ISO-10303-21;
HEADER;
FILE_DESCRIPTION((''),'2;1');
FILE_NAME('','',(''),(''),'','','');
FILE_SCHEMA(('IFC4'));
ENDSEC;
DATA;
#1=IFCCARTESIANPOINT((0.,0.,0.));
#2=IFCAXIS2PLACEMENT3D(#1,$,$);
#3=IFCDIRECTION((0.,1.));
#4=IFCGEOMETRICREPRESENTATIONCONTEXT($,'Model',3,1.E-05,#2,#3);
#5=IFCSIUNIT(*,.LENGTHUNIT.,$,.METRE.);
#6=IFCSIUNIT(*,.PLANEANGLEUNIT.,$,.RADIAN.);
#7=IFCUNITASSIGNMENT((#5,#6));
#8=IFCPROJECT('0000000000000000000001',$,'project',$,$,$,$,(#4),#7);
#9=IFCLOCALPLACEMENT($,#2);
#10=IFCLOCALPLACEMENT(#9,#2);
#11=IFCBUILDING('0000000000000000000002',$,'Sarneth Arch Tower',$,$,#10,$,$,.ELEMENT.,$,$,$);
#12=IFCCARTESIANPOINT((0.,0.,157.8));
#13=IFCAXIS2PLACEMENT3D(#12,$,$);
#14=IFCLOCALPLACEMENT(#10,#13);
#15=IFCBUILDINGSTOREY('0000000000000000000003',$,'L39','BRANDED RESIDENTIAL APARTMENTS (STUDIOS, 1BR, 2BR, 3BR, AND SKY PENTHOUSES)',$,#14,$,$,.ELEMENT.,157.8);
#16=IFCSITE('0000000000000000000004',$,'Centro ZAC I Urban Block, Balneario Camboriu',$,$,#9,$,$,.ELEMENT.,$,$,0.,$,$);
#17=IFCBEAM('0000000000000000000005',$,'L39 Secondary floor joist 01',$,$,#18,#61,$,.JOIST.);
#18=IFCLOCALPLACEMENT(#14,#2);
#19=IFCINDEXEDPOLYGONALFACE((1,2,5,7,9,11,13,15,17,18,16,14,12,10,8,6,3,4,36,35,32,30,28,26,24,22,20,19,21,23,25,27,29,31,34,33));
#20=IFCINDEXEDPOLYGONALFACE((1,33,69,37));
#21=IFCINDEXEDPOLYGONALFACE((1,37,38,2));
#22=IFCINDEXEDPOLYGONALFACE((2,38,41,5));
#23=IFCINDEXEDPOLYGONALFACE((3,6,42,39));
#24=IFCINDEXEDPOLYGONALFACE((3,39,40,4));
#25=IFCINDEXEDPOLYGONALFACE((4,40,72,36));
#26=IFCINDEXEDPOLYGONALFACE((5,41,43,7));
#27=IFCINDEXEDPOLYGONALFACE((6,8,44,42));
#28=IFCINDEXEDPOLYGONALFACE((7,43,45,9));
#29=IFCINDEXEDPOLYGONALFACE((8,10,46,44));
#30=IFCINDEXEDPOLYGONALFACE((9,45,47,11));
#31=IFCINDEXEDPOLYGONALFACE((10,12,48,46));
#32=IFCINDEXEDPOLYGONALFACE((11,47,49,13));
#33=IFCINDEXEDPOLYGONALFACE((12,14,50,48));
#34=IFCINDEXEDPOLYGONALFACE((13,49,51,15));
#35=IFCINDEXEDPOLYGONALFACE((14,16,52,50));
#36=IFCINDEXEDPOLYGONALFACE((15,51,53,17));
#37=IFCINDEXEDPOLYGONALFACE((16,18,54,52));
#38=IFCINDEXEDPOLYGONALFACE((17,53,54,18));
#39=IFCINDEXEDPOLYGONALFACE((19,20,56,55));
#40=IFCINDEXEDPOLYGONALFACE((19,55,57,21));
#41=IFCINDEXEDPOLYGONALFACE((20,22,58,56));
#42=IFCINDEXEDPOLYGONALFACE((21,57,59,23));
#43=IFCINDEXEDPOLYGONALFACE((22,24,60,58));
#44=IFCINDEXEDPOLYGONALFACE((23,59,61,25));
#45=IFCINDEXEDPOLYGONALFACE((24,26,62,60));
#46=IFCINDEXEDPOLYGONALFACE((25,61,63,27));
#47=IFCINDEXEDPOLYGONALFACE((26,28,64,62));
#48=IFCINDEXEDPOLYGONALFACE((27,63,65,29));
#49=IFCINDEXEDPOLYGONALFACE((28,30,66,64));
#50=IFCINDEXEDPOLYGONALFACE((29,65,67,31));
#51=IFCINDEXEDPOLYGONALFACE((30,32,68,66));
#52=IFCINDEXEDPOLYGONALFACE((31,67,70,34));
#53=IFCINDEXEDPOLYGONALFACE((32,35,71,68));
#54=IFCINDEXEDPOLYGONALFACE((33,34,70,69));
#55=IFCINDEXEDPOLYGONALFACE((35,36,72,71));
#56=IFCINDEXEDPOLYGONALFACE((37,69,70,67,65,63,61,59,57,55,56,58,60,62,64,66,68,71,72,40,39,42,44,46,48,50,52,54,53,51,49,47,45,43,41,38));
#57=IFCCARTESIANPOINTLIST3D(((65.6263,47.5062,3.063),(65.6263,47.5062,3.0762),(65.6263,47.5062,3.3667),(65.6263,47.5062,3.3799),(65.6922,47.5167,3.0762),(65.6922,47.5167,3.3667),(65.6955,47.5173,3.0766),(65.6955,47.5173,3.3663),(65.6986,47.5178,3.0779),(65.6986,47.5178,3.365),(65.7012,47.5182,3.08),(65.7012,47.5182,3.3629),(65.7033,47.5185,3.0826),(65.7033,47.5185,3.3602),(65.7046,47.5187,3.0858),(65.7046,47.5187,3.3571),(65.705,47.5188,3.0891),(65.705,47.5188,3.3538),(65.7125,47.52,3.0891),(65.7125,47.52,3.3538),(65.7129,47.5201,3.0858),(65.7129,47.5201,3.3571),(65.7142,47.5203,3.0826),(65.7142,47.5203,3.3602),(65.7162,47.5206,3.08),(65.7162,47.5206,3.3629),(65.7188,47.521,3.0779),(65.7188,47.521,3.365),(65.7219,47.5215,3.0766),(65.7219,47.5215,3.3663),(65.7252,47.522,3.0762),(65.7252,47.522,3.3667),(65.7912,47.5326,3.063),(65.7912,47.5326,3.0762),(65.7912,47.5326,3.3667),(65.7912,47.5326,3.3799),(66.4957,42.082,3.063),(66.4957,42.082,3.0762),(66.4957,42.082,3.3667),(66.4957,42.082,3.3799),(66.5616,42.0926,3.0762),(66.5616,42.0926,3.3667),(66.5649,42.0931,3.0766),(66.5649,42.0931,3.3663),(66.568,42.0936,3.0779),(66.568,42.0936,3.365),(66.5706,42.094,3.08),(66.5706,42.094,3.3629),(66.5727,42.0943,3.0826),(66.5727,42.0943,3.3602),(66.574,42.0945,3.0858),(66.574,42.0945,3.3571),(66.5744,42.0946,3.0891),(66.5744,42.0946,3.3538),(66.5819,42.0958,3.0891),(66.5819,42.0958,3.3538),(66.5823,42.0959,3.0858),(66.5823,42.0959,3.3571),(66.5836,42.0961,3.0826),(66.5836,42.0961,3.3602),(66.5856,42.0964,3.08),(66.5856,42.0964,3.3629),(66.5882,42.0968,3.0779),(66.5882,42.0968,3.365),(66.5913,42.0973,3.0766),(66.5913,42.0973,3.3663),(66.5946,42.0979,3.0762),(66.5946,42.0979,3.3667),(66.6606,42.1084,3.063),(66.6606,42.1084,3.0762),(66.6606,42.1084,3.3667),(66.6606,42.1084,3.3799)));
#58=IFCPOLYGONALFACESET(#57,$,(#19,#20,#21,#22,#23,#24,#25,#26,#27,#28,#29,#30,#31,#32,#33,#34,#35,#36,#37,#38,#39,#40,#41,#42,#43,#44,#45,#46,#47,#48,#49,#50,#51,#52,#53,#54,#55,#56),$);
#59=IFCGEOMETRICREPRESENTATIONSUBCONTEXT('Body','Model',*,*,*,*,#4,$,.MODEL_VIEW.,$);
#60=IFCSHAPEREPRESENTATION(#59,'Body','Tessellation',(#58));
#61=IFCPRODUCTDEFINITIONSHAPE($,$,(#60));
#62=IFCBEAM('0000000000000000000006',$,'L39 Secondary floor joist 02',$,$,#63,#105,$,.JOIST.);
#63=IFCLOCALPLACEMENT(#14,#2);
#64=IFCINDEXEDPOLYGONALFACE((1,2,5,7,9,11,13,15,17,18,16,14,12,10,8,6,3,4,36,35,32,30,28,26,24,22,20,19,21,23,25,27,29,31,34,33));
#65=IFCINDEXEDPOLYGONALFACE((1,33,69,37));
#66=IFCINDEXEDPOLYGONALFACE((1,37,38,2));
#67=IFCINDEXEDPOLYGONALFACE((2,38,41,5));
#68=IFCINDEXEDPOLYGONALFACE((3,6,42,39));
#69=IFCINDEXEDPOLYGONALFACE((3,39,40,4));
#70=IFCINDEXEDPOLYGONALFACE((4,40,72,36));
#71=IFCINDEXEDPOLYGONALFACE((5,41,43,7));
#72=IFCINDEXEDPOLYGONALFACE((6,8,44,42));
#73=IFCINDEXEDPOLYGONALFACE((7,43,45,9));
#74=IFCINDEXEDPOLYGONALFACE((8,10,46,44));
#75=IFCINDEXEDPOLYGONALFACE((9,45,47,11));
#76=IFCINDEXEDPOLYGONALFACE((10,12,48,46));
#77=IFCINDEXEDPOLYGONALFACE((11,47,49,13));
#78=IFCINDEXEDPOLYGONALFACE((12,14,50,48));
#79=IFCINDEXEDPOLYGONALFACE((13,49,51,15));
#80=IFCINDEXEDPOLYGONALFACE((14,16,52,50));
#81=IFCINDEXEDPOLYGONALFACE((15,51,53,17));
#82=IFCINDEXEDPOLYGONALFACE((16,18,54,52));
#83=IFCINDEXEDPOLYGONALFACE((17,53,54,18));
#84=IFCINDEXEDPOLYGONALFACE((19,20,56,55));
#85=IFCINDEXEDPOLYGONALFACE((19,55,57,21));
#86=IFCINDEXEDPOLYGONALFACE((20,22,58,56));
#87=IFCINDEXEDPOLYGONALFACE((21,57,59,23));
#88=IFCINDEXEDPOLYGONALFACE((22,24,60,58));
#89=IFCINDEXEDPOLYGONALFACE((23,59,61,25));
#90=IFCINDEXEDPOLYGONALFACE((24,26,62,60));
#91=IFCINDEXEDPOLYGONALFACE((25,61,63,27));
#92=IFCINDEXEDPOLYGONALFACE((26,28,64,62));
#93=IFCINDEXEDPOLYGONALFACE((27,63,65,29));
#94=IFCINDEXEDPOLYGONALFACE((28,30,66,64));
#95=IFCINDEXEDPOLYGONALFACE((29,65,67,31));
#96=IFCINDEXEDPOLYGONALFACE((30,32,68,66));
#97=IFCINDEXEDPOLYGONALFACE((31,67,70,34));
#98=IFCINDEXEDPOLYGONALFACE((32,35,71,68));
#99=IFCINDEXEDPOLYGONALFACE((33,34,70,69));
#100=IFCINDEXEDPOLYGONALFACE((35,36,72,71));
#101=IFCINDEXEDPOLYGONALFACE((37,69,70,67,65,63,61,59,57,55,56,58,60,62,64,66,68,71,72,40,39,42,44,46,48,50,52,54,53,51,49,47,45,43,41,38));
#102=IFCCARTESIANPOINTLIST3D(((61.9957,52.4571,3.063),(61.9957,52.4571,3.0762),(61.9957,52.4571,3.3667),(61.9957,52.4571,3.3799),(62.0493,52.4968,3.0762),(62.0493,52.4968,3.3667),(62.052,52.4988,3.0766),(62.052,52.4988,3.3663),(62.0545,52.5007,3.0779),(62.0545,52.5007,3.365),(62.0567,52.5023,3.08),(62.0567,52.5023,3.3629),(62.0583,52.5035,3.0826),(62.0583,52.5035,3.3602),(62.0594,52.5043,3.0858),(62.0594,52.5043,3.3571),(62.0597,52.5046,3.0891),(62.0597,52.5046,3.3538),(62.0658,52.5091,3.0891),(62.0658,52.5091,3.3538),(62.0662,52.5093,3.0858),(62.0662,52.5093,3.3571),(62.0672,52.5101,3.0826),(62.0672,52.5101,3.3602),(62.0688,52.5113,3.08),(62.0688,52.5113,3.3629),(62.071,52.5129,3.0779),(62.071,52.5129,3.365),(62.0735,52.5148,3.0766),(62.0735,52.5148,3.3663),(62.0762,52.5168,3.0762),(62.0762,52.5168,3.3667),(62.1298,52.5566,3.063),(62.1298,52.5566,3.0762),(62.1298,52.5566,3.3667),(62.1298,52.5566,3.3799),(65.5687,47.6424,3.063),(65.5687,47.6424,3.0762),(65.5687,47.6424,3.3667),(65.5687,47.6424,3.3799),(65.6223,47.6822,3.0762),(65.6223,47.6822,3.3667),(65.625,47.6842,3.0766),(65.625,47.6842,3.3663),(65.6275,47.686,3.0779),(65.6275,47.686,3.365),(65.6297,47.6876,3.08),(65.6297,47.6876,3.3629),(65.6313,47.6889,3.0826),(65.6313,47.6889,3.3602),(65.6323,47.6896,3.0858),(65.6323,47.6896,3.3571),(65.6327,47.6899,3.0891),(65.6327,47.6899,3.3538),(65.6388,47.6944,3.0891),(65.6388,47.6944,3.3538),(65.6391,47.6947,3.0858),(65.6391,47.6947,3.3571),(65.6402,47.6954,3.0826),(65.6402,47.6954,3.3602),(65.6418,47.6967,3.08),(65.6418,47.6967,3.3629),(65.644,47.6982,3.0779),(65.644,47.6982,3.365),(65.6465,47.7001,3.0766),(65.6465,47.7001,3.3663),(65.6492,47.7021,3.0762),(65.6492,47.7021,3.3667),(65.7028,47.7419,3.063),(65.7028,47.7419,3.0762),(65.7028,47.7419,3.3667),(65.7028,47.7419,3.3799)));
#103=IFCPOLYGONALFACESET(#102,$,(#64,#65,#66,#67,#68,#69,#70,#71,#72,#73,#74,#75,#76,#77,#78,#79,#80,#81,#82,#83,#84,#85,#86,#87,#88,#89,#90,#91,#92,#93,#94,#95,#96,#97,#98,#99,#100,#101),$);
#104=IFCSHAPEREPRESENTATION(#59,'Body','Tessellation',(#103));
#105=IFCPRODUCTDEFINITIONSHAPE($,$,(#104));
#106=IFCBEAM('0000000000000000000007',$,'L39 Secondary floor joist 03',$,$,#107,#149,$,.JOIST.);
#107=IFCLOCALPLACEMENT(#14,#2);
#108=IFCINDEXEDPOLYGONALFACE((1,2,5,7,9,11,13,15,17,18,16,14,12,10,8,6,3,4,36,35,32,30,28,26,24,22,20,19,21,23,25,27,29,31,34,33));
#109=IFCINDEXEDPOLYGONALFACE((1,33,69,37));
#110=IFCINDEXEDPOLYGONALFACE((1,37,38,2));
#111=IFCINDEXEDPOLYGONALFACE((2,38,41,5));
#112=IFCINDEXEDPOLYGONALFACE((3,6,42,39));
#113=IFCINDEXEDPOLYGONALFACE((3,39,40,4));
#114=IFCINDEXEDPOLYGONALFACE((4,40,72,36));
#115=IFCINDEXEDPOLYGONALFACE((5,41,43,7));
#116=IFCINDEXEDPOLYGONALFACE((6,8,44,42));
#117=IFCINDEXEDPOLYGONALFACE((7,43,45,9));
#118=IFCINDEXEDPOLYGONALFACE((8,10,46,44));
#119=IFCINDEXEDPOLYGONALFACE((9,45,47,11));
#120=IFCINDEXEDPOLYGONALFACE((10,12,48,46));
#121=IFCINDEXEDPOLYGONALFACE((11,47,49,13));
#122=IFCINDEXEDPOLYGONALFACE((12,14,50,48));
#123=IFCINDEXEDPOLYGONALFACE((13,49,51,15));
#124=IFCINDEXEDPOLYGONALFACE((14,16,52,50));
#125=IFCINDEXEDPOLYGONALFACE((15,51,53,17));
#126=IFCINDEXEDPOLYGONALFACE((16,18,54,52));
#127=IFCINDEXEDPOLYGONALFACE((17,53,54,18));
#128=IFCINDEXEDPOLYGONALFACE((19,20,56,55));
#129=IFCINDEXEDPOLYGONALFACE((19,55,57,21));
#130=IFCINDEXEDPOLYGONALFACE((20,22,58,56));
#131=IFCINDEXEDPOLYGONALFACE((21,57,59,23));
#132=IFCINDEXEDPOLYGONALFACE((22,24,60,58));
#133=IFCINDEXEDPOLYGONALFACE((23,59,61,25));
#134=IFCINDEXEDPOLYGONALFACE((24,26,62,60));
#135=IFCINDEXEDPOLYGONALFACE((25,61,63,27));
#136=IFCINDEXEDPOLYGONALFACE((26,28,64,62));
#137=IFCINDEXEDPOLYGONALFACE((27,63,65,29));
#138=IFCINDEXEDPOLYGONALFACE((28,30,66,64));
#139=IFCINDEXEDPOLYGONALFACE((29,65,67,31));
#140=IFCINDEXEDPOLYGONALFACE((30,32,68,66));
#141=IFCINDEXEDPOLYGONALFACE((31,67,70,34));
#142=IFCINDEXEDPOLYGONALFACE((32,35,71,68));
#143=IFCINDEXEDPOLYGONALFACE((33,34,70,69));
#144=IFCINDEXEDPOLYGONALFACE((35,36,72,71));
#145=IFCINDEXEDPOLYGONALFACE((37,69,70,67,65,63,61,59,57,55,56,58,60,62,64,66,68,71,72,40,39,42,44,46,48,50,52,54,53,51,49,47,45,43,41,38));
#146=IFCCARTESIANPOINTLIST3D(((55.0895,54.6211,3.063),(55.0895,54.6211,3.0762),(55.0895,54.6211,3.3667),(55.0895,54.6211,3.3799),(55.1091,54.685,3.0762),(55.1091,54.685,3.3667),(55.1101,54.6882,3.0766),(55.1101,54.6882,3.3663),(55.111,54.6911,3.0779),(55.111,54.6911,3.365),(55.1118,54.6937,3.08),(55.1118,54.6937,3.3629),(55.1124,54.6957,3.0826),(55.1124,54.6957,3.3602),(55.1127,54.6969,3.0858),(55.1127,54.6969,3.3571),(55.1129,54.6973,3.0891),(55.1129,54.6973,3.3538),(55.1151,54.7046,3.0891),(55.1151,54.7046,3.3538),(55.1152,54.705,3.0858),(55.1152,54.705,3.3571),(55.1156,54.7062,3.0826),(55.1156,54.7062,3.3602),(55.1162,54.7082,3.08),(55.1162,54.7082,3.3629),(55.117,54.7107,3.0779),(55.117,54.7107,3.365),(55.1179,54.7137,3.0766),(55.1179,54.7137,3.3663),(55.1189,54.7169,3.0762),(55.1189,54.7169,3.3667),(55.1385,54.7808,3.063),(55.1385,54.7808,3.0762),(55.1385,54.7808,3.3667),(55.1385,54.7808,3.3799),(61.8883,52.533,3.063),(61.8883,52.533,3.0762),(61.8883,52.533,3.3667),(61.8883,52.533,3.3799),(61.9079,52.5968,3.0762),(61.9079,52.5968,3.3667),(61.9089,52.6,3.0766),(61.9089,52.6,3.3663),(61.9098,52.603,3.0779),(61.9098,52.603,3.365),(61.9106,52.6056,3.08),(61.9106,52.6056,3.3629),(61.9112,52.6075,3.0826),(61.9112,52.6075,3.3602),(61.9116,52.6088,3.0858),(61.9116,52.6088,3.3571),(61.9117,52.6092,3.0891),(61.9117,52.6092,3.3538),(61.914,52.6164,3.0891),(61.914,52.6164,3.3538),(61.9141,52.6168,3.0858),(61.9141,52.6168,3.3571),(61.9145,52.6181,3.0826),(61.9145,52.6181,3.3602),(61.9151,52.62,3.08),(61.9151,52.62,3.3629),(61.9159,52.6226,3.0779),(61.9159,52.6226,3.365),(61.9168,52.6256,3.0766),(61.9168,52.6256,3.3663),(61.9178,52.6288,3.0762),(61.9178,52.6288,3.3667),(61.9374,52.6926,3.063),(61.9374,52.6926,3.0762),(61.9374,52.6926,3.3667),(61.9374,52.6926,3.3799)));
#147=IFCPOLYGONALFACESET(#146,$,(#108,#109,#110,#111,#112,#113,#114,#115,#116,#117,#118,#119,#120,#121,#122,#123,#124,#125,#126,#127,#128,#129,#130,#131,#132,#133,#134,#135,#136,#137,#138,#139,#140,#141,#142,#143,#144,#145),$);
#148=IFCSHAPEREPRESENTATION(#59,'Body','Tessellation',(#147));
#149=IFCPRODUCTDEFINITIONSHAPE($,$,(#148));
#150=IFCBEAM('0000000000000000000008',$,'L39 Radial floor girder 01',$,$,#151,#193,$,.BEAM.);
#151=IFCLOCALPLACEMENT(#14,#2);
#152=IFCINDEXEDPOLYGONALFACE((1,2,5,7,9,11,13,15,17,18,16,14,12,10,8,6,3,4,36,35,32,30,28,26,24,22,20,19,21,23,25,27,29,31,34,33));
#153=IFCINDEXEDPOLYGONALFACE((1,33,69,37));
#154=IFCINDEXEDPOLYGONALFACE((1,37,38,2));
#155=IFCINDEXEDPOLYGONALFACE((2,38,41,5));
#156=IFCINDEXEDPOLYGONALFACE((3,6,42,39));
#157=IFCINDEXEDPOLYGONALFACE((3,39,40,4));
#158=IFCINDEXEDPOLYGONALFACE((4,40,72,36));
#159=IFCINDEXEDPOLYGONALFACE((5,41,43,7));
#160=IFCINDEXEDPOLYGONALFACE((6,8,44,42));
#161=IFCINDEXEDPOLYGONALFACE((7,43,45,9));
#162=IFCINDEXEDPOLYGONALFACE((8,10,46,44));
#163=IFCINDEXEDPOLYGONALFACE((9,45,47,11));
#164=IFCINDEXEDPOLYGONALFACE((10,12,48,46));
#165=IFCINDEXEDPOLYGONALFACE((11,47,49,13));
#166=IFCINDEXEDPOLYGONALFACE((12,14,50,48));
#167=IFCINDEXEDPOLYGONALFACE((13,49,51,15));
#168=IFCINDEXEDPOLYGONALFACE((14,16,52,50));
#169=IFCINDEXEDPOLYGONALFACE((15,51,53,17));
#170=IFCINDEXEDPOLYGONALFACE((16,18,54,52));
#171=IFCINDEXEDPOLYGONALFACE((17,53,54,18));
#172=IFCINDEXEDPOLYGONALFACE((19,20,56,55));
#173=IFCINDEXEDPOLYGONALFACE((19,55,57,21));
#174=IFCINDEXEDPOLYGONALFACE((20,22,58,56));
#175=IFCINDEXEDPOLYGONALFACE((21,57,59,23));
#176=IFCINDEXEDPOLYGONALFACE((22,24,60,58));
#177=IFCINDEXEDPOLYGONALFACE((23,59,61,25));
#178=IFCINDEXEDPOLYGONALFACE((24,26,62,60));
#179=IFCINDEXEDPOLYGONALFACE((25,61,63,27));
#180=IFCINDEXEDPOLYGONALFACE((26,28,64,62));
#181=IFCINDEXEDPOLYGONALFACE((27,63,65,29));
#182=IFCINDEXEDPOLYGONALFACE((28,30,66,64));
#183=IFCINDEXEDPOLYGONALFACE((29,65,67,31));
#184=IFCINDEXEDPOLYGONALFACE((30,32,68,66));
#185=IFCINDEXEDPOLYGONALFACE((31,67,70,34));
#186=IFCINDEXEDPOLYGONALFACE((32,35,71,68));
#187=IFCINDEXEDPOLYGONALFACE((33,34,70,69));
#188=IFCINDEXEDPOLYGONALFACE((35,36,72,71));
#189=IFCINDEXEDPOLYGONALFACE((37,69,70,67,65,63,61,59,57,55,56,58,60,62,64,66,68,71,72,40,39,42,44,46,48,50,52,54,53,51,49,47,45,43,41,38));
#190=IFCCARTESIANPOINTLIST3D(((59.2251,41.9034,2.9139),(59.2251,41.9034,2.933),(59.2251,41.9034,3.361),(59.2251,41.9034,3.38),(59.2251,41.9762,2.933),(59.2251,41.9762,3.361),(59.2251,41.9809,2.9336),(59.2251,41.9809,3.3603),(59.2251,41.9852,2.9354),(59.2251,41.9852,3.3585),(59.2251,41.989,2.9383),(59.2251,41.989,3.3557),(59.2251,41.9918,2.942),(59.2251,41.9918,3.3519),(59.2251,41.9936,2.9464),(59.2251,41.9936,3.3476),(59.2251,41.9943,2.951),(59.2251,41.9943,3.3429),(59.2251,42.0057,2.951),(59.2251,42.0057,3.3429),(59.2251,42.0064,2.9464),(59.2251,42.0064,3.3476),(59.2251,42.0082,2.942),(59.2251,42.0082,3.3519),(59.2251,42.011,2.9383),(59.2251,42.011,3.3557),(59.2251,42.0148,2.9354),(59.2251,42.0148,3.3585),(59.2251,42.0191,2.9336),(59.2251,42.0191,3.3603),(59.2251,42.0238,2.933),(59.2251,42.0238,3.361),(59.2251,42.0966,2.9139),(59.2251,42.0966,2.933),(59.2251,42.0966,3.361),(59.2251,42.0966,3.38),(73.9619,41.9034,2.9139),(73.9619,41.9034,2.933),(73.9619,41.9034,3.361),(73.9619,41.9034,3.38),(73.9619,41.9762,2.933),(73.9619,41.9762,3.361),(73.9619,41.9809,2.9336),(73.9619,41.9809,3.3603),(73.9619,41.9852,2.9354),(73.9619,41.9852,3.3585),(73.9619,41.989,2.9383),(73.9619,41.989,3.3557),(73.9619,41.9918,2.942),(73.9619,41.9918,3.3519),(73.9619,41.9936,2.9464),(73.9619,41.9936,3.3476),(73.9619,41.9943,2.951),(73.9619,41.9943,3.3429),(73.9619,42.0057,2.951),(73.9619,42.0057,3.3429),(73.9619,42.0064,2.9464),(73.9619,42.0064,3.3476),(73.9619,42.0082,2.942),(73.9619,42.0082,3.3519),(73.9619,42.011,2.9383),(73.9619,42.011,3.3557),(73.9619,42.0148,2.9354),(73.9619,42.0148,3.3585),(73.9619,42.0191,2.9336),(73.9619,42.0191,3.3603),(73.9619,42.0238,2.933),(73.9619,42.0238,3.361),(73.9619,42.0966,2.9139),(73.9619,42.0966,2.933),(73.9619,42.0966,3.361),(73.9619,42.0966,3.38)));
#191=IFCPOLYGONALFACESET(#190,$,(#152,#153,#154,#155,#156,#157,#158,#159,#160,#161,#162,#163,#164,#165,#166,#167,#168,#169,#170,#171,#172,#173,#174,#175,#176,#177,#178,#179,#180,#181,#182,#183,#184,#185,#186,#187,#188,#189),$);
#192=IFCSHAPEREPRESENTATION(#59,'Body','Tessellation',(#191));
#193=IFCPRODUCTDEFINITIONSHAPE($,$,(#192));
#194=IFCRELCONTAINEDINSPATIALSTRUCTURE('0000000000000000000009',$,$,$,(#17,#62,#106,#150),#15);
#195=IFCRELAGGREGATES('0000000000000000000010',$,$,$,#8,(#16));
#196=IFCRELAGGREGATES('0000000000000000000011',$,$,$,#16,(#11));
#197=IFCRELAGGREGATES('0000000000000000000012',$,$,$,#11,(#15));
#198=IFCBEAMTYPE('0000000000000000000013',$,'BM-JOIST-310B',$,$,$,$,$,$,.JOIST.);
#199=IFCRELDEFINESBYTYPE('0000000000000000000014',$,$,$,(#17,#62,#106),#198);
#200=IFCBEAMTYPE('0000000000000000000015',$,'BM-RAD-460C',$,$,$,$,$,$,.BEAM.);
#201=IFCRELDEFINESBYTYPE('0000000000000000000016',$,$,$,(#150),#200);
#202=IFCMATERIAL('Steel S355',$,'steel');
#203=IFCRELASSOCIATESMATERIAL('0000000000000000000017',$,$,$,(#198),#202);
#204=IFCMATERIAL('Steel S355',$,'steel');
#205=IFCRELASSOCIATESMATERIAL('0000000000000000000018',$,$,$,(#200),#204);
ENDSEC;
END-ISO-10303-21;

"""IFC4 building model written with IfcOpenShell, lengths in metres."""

from ifc_helpers import new_model, si_unit, direction, frame, origin, origin_2d, place, context, subcontext, project, spatial, i_section, extrude, material, material_profile, profile_set, type_object, element, save


model = new_model("IFC4")

# Units and contexts
model_context = context("Model", 3, precision=1e-05, world=origin(), true_north=direction((0.0, 1.0)))
body_context = subcontext(model_context, "Body", "Model", "MODEL_VIEW")
ifc_project = project(units=[si_unit("LENGTHUNIT", "METRE"), si_unit("PLANEANGLEUNIT", "RADIAN")], contexts=[model_context])

# Site, building, storey
site_placement = place(None, origin())
site = spatial("IfcSite", under=ifc_project, at=site_placement, Name="Centro ZAC I Urban Block, Balneario Camboriu", CompositionType="ELEMENT", RefElevation=0.0)
building_placement = place(site_placement, origin())
building = spatial("IfcBuilding", under=site, at=building_placement, Name="Sarneth Arch Tower", CompositionType="ELEMENT")
storey_placement = place(building_placement, frame((0.0, 0.0, 157.8)))
storey = spatial("IfcBuildingStorey", under=building, at=storey_placement, Name="L39", Description="BRANDED RESIDENTIAL APARTMENTS (STUDIOS, 1BR, 2BR, 3BR, AND SKY PENTHOUSES)", CompositionType="ELEMENT", Elevation=157.8)

# Beams
ifc_material_1 = material(Name="Steel S355", Category="steel")
ifc_material_profile_1 = material_profile(ifc_material_1, i_section(OverallWidth=0.167, OverallDepth=0.3169, WebThickness=0.0076, FlangeThickness=0.0132, FilletRadius=0.0129, at=origin_2d()), Name="W310x52")
ifc_profile_set_1 = profile_set([ifc_material_profile_1], Name="Steel S355")
beam_type_1 = type_object("IfcBeamType", Name="BM-JOIST-310B", PredefinedType="JOIST", material=ifc_profile_set_1)
beam_1_placement = place(storey_placement, frame((66.5781, 42.0952, 3.2214), z_axis=(-0.158263, 0.987397, 0.0), x_axis=(-0.987397, -0.158263, 0.0)))
element("IfcBeam", 1, at=beam_1_placement, inside=storey, type_object=beam_type_1, Name="L39 Secondary floor joist 01", PredefinedType="JOIST", context=body_context, shape_type="SweptSolid", body=[
    extrude(i_section(OverallWidth=0.167, OverallDepth=0.3169, WebThickness=0.0076, FlangeThickness=0.0132, FilletRadius=0.0129, at=origin_2d()), origin(), (0.0, 0.0, 1.0), 5.4934),
])
beam_2_placement = place(storey_placement, frame((65.6357, 47.6921, 3.2214), z_axis=(-0.595933, 0.803034, 0.0), x_axis=(-0.803034, -0.595933, 0.0)))
element("IfcBeam", 2, at=beam_2_placement, inside=storey, type_object=beam_type_1, Name="L39 Secondary floor joist 02", PredefinedType="JOIST", context=body_context, shape_type="SweptSolid", body=[
    extrude(i_section(OverallWidth=0.167, OverallDepth=0.3169, WebThickness=0.0076, FlangeThickness=0.0132, FilletRadius=0.0129, at=origin_2d()), origin(), (0.0, 0.0, 1.0), 5.9956),
])
beam_3_placement = place(storey_placement, frame((61.9128, 52.6128, 3.2214), z_axis=(-0.95593, 0.293596, 0.0), x_axis=(-0.293596, -0.95593, 0.0)))
element("IfcBeam", 3, at=beam_3_placement, inside=storey, type_object=beam_type_1, Name="L39 Secondary floor joist 03", PredefinedType="JOIST", context=body_context, shape_type="SweptSolid", body=[
    extrude(i_section(OverallWidth=0.167, OverallDepth=0.3169, WebThickness=0.0076, FlangeThickness=0.0132, FilletRadius=0.0129, at=origin_2d()), origin(), (0.0, 0.0, 1.0), 7.1123),
])
ifc_material_2 = material(Name="Steel S355", Category="steel")
ifc_material_profile_2 = material_profile(ifc_material_2, i_section(OverallWidth=0.1931, OverallDepth=0.4661, WebThickness=0.0115, FlangeThickness=0.019, FilletRadius=0.0181, at=origin_2d()), Name="W460x97")
ifc_profile_set_2 = profile_set([ifc_material_profile_2], Name="Steel S355")
beam_type_2 = type_object("IfcBeamType", Name="BM-RAD-460C", PredefinedType="BEAM", material=ifc_profile_set_2)
beam_4_placement = place(storey_placement, frame((59.2251, 42.0, 3.147), z_axis=(1.0, 0.0, 0.0), x_axis=(0.0, 1.0, 0.0)))
element("IfcBeam", 4, at=beam_4_placement, inside=storey, type_object=beam_type_2, Name="L39 Radial floor girder 01", PredefinedType="BEAM", context=body_context, shape_type="SweptSolid", body=[
    extrude(i_section(OverallWidth=0.1931, OverallDepth=0.4661, WebThickness=0.0115, FlangeThickness=0.019, FilletRadius=0.0181, at=origin_2d()), origin(), (0.0, 0.0, 1.0), 14.7368),
])

save(model, "model.ifc")
